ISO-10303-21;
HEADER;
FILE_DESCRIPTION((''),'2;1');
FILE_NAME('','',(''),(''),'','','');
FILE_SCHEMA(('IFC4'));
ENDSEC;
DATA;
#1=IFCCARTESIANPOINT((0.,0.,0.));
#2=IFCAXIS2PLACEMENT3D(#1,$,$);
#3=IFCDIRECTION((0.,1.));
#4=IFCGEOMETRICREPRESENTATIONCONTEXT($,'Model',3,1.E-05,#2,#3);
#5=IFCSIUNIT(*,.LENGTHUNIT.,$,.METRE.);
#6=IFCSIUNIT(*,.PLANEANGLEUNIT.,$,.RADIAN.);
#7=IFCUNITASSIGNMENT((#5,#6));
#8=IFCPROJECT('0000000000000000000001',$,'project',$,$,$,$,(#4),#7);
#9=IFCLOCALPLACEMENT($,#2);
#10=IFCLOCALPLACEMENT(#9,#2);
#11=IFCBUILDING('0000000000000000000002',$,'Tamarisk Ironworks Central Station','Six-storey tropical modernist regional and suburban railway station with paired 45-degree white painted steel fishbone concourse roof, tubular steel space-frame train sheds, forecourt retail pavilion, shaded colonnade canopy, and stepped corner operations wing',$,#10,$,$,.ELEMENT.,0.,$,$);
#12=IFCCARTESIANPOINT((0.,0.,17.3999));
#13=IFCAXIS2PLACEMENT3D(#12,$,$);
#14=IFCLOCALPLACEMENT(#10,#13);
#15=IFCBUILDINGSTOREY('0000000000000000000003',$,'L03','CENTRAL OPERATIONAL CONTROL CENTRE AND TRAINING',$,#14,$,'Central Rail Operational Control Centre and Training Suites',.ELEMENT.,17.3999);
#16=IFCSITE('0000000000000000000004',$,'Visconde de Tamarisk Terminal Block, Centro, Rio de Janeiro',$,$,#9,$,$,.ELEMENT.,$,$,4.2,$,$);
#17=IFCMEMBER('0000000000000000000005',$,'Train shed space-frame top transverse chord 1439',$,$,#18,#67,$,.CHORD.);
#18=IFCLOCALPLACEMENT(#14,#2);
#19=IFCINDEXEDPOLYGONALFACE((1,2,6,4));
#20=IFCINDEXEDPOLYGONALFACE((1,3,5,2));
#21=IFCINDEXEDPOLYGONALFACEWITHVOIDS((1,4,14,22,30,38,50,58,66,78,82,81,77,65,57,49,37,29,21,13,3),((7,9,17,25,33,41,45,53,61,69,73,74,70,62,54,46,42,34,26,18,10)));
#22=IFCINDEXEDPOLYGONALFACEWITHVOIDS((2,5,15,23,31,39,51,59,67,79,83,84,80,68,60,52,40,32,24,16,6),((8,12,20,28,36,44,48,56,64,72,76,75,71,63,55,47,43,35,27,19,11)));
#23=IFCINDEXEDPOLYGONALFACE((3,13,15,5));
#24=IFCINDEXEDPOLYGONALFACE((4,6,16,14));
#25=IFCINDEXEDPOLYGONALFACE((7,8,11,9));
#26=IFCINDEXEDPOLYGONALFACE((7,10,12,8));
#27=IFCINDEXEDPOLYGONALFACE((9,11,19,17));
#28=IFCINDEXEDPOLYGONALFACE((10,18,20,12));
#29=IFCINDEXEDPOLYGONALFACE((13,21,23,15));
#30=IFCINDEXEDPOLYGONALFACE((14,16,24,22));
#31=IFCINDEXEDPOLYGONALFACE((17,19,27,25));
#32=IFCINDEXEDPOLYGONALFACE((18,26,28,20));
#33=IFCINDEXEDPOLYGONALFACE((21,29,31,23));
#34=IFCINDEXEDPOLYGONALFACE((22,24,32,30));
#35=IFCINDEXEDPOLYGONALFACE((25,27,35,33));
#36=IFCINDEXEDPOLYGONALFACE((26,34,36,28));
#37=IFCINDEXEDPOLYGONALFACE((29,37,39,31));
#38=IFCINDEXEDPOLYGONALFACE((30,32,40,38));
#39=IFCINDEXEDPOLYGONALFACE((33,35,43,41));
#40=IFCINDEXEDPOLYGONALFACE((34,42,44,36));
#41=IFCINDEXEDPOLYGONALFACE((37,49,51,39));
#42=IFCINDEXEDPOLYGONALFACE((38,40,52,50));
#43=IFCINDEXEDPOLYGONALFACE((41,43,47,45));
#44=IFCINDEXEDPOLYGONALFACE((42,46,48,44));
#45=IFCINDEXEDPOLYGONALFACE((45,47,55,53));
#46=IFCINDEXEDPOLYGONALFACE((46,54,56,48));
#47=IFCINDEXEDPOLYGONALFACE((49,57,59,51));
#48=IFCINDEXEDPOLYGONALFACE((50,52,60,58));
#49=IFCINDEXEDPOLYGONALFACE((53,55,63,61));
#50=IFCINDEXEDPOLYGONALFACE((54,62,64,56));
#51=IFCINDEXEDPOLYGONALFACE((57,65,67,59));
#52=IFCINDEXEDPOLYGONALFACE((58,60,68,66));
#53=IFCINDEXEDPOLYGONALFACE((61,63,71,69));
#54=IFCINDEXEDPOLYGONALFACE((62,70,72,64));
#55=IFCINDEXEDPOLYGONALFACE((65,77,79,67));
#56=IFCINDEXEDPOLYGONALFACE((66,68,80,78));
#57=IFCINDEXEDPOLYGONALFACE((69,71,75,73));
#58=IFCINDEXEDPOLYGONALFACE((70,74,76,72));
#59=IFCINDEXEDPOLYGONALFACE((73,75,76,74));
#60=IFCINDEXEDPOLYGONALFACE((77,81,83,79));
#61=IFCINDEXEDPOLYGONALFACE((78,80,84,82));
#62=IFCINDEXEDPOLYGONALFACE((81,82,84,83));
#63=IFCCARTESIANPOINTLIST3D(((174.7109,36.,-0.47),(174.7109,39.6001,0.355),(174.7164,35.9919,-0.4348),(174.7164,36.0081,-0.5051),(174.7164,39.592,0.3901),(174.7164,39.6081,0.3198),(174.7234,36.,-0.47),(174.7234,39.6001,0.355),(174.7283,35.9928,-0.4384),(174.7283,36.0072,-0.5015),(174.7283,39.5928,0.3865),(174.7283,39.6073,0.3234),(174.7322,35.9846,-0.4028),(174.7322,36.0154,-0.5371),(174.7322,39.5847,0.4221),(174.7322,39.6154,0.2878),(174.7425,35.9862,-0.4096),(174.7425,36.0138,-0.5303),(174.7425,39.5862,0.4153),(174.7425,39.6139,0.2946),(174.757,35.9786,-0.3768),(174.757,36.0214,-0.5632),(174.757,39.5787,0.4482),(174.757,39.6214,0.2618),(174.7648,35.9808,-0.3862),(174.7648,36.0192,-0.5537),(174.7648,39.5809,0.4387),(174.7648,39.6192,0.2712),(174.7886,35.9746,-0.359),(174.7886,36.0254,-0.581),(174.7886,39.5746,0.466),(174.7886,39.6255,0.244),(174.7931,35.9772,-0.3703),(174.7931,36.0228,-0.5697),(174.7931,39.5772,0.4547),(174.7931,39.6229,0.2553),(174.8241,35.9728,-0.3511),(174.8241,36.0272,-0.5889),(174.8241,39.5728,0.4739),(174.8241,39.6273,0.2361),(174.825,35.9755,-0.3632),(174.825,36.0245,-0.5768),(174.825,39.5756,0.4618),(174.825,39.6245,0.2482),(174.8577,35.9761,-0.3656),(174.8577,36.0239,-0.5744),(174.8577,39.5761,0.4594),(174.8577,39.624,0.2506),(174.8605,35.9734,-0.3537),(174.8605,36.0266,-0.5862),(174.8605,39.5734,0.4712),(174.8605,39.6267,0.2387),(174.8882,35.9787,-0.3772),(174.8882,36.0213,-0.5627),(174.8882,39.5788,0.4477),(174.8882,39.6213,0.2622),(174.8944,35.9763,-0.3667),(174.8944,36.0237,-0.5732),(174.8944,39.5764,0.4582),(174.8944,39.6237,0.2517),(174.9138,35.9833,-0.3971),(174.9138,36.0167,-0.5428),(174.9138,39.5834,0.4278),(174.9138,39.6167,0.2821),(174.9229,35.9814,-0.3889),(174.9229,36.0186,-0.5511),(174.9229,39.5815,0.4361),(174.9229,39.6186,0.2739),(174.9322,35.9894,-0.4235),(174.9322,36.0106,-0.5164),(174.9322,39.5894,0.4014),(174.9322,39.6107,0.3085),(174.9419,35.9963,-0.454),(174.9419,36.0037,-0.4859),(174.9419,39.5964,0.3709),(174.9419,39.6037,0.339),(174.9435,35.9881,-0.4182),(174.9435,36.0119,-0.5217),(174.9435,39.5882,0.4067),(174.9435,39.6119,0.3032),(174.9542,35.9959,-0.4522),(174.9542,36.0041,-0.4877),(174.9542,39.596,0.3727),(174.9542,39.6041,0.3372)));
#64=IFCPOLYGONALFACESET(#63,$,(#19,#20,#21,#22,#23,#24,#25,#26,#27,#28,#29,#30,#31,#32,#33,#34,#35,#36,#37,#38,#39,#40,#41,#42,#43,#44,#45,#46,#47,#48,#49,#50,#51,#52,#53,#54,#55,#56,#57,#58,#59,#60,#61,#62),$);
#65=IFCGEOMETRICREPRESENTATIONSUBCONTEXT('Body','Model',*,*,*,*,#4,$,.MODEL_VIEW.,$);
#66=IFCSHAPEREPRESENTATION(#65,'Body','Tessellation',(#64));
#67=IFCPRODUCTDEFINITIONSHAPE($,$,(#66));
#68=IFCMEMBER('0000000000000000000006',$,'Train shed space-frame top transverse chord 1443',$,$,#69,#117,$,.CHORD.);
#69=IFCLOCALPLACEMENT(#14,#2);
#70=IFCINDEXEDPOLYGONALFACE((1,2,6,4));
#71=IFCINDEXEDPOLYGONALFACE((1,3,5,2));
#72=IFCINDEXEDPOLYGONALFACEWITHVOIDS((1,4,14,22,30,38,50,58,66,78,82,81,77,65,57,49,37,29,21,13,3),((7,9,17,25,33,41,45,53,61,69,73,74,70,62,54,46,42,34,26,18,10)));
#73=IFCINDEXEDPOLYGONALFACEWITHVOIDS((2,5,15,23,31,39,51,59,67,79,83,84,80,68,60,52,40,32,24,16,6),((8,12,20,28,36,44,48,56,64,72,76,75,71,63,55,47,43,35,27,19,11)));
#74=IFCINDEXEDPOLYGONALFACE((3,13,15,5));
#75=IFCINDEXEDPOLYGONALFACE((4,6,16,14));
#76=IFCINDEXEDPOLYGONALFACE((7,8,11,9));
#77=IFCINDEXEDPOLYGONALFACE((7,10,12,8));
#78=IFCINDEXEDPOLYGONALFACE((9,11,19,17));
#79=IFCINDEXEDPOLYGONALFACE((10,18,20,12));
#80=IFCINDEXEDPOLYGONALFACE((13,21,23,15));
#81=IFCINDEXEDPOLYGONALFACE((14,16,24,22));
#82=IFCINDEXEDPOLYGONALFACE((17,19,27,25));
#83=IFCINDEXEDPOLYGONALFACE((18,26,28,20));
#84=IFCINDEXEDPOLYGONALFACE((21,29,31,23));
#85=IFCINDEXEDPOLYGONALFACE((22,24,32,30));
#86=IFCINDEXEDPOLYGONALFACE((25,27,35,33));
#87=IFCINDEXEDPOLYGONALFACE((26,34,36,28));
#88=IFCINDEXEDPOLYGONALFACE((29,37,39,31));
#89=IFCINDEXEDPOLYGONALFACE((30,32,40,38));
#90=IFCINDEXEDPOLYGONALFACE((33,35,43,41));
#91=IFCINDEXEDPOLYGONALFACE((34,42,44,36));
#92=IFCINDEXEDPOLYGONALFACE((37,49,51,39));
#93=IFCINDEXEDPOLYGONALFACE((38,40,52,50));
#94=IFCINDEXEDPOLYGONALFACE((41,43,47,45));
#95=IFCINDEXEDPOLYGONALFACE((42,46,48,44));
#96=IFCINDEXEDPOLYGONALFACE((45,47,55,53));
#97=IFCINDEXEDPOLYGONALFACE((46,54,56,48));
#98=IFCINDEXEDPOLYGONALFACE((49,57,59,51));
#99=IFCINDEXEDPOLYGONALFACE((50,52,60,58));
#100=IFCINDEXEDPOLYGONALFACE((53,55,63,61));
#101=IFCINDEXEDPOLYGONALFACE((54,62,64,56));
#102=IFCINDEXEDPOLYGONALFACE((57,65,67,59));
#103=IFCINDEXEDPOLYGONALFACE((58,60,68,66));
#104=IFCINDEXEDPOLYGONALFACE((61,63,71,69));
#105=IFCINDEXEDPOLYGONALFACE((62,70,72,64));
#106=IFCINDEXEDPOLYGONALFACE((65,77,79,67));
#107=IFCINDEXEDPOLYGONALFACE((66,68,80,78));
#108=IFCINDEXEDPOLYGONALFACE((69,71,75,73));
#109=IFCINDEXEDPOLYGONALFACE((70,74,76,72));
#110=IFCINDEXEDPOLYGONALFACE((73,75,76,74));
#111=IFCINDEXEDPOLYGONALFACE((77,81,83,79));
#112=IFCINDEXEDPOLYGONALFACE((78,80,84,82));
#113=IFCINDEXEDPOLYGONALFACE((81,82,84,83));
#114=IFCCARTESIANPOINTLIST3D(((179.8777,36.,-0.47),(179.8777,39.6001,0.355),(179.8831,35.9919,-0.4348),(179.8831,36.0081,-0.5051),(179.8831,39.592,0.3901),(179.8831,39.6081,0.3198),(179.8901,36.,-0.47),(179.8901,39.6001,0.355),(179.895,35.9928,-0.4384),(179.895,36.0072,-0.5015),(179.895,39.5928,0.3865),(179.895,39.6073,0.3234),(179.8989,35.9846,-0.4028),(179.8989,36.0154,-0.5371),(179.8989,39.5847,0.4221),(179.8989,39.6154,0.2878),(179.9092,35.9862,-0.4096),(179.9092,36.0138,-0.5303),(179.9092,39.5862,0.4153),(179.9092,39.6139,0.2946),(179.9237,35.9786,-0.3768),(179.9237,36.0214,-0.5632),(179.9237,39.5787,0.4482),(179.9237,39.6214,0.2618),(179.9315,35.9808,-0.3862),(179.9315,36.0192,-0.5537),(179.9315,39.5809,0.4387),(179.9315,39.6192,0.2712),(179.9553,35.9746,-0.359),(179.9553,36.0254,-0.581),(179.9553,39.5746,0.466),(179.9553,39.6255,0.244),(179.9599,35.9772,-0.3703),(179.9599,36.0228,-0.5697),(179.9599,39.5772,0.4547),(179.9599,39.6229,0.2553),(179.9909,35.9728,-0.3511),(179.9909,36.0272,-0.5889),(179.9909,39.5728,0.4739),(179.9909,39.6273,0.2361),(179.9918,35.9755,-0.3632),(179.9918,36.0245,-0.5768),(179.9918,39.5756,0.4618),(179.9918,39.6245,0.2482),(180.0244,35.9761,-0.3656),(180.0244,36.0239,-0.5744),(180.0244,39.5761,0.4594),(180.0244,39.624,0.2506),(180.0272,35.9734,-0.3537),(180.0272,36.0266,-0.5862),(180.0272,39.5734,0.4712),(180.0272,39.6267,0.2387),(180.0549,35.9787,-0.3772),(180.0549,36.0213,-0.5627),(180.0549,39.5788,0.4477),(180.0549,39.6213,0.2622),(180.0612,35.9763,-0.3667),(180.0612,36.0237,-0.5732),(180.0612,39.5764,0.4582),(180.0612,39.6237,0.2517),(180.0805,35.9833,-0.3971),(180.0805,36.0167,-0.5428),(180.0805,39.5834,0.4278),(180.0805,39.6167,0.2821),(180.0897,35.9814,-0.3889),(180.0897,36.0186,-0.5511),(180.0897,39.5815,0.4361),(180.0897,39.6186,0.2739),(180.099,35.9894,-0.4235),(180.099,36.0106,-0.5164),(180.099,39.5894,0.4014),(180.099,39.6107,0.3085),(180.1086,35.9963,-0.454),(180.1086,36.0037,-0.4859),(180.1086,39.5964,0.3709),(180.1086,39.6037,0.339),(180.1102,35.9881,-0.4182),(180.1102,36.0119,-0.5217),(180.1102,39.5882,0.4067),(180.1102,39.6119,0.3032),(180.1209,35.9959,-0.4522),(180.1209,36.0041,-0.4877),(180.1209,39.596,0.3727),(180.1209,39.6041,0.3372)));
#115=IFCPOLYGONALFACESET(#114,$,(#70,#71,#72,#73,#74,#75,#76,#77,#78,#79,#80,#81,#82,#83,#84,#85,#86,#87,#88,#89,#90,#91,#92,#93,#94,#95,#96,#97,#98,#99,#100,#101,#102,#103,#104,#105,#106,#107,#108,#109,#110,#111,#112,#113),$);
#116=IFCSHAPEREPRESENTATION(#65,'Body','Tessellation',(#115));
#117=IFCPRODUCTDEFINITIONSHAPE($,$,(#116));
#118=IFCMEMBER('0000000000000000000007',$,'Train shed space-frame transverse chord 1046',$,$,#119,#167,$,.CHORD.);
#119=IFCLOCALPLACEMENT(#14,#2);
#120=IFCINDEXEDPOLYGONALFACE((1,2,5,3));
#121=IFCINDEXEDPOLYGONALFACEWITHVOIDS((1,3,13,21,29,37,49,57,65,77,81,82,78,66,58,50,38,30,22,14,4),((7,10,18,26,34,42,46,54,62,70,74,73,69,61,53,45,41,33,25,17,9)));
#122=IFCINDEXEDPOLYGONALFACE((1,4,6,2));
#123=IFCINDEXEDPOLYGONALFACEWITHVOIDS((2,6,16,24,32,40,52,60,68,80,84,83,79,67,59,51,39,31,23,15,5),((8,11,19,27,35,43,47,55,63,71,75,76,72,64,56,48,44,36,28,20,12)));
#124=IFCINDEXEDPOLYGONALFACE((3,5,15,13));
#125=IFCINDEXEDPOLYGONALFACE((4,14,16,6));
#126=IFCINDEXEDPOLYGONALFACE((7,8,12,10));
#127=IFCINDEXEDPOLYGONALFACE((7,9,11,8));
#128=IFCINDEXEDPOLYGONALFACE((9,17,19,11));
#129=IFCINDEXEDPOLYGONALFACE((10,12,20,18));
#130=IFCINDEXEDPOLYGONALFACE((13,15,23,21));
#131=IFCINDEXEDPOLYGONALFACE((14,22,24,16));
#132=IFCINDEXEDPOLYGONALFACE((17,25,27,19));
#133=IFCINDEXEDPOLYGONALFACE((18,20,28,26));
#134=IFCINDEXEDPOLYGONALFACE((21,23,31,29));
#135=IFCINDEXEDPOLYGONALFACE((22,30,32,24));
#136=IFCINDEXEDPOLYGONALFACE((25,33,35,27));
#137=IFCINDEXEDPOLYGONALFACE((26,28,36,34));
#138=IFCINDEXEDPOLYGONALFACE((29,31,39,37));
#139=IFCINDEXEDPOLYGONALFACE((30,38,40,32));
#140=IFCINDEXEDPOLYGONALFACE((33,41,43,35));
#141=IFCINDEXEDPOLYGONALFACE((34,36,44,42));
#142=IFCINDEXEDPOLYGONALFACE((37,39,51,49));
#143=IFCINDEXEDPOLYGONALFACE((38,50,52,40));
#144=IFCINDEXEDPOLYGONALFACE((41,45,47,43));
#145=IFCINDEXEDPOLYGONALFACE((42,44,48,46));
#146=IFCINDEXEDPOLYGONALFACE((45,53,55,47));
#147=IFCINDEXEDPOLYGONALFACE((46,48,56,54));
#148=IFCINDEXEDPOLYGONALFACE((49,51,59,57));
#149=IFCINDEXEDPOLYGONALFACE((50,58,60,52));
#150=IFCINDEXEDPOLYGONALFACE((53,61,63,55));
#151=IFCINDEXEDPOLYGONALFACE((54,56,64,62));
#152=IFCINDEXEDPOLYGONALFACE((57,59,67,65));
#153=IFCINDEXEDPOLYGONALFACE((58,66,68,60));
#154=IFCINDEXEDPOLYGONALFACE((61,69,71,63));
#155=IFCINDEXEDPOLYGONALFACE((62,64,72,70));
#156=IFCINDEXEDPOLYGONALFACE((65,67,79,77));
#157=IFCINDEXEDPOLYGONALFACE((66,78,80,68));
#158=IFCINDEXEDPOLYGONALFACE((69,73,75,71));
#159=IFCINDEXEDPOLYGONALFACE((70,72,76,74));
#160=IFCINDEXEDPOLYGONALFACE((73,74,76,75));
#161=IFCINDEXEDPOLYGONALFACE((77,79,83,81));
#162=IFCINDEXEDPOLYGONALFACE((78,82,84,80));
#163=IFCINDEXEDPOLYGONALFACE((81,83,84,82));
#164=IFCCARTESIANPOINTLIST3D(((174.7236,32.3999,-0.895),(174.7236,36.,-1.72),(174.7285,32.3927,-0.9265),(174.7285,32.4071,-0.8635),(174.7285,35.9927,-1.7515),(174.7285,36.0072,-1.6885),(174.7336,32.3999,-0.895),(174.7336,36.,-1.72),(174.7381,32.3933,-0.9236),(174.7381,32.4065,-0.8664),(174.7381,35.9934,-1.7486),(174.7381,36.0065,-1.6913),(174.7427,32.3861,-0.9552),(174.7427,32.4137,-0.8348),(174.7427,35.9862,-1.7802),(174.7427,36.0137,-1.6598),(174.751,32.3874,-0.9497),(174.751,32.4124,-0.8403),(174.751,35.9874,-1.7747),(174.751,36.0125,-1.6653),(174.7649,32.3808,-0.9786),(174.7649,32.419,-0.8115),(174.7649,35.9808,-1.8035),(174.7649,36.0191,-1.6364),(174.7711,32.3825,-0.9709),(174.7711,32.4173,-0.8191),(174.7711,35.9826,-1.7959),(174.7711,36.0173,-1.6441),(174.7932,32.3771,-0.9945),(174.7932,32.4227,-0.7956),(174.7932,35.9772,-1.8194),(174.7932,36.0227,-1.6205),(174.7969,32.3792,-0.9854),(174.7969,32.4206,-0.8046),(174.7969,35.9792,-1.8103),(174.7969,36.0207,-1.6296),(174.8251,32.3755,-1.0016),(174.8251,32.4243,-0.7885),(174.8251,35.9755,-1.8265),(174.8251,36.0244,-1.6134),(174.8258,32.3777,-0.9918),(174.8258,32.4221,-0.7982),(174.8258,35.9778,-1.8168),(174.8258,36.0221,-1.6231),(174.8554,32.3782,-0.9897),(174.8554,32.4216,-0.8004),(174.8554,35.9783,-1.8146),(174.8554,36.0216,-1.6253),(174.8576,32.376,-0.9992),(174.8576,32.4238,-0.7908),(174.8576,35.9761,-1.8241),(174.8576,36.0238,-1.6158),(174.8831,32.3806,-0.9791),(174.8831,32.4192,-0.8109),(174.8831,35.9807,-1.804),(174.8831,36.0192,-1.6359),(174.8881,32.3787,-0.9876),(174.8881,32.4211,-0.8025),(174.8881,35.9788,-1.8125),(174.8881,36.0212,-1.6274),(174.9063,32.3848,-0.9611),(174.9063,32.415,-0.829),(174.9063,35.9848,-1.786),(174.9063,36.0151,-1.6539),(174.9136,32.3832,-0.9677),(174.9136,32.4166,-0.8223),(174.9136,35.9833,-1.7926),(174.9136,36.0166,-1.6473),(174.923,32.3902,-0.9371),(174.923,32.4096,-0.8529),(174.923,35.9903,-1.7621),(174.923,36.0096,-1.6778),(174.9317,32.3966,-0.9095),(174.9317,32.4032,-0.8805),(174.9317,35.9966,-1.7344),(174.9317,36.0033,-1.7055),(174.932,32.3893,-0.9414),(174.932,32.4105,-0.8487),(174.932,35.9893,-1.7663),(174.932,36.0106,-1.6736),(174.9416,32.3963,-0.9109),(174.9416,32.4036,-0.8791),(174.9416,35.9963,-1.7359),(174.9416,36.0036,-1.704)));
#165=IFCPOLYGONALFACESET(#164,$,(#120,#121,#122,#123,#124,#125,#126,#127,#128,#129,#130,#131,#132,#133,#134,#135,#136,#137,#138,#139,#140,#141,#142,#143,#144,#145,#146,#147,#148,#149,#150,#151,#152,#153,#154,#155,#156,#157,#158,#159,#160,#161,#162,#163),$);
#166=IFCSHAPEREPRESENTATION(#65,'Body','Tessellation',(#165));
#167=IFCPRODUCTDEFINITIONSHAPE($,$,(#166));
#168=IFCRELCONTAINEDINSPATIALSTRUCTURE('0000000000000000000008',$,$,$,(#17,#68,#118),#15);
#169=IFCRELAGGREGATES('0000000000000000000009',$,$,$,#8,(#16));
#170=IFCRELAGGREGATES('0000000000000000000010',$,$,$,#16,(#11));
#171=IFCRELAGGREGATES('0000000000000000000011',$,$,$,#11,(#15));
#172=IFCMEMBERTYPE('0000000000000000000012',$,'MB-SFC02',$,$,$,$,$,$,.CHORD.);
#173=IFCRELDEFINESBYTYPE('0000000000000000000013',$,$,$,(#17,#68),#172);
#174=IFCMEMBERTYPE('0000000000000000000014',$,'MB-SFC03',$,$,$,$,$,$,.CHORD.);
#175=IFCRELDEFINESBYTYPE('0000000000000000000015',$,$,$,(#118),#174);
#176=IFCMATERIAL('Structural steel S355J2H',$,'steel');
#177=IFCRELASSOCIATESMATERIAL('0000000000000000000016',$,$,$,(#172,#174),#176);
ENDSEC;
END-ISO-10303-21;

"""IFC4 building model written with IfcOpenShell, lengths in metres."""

from ifc_helpers import new_model, si_unit, direction, frame, origin, origin_2d, place, context, subcontext, project, spatial, hollow_circle, extrude, material, material_profile, profile_set, type_object, element, save


model = new_model("IFC4")

# Units and contexts
model_context = context("Model", 3, precision=1e-05, world=origin(), true_north=direction((0.0, 1.0)))
body_context = subcontext(model_context, "Body", "Model", "MODEL_VIEW")
ifc_project = project(units=[si_unit("LENGTHUNIT", "METRE"), si_unit("PLANEANGLEUNIT", "RADIAN")], contexts=[model_context])

# Site, building, storey
site_placement = place(None, origin())
site = spatial("IfcSite", under=ifc_project, at=site_placement, Name="Visconde de Tamarisk Terminal Block, Centro, Rio de Janeiro", CompositionType="ELEMENT", RefElevation=4.2)
building_placement = place(site_placement, origin())
building = spatial("IfcBuilding", under=site, at=building_placement, Name="Tamarisk Ironworks Central Station", Description="Six-storey tropical modernist regional and suburban railway station with paired 45-degree white painted steel fishbone concourse roof, tubular steel space-frame train sheds, forecourt retail pavilion, shaded colonnade canopy, and stepped corner operations wing", CompositionType="ELEMENT", ElevationOfRefHeight=0.0)
storey_placement = place(building_placement, frame((0.0, 0.0, 17.3999)))
storey = spatial("IfcBuildingStorey", under=building, at=storey_placement, Name="L03", Description="CENTRAL OPERATIONAL CONTROL CENTRE AND TRAINING", LongName="Central Rail Operational Control Centre and Training Suites", CompositionType="ELEMENT", Elevation=17.3999)

# Members
ifc_material_1 = material(Name="Structural steel S355J2H", Category="steel")
ifc_material_profile_1 = material_profile(ifc_material_1, hollow_circle(Radius=0.1223, WallThickness=0.0125, at=origin_2d()), Name="CHS 244.5x12.5")
ifc_profile_set_1 = profile_set([ifc_material_profile_1], Name="Structural steel S355J2H")
member_type_1 = type_object("IfcMemberType", Name="MB-SFC02", PredefinedType="CHORD", material=ifc_profile_set_1)
for number, where, z_axis, x_axis, name in (
    (1, (174.8333, 36.0, -0.47), (0.0, 0.974737, 0.223358), (-1.0, 0.0, 0.0), "Train shed space-frame top transverse chord 1439"),
    (2, (180.0, 36.0, -0.47), (0.0, 0.974737, 0.223358), (-1.0, 0.0, 0.0), "Train shed space-frame top transverse chord 1443"),
):
    element("IfcMember", number, at=place(storey_placement, frame(where, z_axis=z_axis, x_axis=x_axis)), inside=storey, type_object=member_type_1, Name=name, PredefinedType="CHORD", context=body_context, shape_type="SweptSolid", body=[
        extrude(hollow_circle(Radius=0.1223, WallThickness=0.0125, at=origin_2d()), origin(), (0.0, 0.0, 1.0), 3.6934),
    ])
ifc_material_profile_2 = material_profile(ifc_material_1, hollow_circle(Radius=0.1096, WallThickness=0.01, at=origin_2d()), Name="CHS 219.1x10")
ifc_profile_set_2 = profile_set([ifc_material_profile_2], Name="Structural steel S355J2H")
member_type_2 = type_object("IfcMemberType", Name="MB-SFC03", PredefinedType="CHORD", material=ifc_profile_set_2)
member_1_placement = place(storey_placement, frame((174.8333, 32.3999, -0.895), z_axis=(0.0, 0.974737, -0.223358), x_axis=(-1.0, 0.0, 0.0)))
element("IfcMember", 3, at=member_1_placement, inside=storey, type_object=member_type_2, Name="Train shed space-frame transverse chord 1046", PredefinedType="CHORD", context=body_context, shape_type="SweptSolid", body=[
    extrude(hollow_circle(Radius=0.1096, WallThickness=0.01, at=origin_2d()), origin(), (0.0, 0.0, 1.0), 3.6934),
])

save(model, "model.ifc")
